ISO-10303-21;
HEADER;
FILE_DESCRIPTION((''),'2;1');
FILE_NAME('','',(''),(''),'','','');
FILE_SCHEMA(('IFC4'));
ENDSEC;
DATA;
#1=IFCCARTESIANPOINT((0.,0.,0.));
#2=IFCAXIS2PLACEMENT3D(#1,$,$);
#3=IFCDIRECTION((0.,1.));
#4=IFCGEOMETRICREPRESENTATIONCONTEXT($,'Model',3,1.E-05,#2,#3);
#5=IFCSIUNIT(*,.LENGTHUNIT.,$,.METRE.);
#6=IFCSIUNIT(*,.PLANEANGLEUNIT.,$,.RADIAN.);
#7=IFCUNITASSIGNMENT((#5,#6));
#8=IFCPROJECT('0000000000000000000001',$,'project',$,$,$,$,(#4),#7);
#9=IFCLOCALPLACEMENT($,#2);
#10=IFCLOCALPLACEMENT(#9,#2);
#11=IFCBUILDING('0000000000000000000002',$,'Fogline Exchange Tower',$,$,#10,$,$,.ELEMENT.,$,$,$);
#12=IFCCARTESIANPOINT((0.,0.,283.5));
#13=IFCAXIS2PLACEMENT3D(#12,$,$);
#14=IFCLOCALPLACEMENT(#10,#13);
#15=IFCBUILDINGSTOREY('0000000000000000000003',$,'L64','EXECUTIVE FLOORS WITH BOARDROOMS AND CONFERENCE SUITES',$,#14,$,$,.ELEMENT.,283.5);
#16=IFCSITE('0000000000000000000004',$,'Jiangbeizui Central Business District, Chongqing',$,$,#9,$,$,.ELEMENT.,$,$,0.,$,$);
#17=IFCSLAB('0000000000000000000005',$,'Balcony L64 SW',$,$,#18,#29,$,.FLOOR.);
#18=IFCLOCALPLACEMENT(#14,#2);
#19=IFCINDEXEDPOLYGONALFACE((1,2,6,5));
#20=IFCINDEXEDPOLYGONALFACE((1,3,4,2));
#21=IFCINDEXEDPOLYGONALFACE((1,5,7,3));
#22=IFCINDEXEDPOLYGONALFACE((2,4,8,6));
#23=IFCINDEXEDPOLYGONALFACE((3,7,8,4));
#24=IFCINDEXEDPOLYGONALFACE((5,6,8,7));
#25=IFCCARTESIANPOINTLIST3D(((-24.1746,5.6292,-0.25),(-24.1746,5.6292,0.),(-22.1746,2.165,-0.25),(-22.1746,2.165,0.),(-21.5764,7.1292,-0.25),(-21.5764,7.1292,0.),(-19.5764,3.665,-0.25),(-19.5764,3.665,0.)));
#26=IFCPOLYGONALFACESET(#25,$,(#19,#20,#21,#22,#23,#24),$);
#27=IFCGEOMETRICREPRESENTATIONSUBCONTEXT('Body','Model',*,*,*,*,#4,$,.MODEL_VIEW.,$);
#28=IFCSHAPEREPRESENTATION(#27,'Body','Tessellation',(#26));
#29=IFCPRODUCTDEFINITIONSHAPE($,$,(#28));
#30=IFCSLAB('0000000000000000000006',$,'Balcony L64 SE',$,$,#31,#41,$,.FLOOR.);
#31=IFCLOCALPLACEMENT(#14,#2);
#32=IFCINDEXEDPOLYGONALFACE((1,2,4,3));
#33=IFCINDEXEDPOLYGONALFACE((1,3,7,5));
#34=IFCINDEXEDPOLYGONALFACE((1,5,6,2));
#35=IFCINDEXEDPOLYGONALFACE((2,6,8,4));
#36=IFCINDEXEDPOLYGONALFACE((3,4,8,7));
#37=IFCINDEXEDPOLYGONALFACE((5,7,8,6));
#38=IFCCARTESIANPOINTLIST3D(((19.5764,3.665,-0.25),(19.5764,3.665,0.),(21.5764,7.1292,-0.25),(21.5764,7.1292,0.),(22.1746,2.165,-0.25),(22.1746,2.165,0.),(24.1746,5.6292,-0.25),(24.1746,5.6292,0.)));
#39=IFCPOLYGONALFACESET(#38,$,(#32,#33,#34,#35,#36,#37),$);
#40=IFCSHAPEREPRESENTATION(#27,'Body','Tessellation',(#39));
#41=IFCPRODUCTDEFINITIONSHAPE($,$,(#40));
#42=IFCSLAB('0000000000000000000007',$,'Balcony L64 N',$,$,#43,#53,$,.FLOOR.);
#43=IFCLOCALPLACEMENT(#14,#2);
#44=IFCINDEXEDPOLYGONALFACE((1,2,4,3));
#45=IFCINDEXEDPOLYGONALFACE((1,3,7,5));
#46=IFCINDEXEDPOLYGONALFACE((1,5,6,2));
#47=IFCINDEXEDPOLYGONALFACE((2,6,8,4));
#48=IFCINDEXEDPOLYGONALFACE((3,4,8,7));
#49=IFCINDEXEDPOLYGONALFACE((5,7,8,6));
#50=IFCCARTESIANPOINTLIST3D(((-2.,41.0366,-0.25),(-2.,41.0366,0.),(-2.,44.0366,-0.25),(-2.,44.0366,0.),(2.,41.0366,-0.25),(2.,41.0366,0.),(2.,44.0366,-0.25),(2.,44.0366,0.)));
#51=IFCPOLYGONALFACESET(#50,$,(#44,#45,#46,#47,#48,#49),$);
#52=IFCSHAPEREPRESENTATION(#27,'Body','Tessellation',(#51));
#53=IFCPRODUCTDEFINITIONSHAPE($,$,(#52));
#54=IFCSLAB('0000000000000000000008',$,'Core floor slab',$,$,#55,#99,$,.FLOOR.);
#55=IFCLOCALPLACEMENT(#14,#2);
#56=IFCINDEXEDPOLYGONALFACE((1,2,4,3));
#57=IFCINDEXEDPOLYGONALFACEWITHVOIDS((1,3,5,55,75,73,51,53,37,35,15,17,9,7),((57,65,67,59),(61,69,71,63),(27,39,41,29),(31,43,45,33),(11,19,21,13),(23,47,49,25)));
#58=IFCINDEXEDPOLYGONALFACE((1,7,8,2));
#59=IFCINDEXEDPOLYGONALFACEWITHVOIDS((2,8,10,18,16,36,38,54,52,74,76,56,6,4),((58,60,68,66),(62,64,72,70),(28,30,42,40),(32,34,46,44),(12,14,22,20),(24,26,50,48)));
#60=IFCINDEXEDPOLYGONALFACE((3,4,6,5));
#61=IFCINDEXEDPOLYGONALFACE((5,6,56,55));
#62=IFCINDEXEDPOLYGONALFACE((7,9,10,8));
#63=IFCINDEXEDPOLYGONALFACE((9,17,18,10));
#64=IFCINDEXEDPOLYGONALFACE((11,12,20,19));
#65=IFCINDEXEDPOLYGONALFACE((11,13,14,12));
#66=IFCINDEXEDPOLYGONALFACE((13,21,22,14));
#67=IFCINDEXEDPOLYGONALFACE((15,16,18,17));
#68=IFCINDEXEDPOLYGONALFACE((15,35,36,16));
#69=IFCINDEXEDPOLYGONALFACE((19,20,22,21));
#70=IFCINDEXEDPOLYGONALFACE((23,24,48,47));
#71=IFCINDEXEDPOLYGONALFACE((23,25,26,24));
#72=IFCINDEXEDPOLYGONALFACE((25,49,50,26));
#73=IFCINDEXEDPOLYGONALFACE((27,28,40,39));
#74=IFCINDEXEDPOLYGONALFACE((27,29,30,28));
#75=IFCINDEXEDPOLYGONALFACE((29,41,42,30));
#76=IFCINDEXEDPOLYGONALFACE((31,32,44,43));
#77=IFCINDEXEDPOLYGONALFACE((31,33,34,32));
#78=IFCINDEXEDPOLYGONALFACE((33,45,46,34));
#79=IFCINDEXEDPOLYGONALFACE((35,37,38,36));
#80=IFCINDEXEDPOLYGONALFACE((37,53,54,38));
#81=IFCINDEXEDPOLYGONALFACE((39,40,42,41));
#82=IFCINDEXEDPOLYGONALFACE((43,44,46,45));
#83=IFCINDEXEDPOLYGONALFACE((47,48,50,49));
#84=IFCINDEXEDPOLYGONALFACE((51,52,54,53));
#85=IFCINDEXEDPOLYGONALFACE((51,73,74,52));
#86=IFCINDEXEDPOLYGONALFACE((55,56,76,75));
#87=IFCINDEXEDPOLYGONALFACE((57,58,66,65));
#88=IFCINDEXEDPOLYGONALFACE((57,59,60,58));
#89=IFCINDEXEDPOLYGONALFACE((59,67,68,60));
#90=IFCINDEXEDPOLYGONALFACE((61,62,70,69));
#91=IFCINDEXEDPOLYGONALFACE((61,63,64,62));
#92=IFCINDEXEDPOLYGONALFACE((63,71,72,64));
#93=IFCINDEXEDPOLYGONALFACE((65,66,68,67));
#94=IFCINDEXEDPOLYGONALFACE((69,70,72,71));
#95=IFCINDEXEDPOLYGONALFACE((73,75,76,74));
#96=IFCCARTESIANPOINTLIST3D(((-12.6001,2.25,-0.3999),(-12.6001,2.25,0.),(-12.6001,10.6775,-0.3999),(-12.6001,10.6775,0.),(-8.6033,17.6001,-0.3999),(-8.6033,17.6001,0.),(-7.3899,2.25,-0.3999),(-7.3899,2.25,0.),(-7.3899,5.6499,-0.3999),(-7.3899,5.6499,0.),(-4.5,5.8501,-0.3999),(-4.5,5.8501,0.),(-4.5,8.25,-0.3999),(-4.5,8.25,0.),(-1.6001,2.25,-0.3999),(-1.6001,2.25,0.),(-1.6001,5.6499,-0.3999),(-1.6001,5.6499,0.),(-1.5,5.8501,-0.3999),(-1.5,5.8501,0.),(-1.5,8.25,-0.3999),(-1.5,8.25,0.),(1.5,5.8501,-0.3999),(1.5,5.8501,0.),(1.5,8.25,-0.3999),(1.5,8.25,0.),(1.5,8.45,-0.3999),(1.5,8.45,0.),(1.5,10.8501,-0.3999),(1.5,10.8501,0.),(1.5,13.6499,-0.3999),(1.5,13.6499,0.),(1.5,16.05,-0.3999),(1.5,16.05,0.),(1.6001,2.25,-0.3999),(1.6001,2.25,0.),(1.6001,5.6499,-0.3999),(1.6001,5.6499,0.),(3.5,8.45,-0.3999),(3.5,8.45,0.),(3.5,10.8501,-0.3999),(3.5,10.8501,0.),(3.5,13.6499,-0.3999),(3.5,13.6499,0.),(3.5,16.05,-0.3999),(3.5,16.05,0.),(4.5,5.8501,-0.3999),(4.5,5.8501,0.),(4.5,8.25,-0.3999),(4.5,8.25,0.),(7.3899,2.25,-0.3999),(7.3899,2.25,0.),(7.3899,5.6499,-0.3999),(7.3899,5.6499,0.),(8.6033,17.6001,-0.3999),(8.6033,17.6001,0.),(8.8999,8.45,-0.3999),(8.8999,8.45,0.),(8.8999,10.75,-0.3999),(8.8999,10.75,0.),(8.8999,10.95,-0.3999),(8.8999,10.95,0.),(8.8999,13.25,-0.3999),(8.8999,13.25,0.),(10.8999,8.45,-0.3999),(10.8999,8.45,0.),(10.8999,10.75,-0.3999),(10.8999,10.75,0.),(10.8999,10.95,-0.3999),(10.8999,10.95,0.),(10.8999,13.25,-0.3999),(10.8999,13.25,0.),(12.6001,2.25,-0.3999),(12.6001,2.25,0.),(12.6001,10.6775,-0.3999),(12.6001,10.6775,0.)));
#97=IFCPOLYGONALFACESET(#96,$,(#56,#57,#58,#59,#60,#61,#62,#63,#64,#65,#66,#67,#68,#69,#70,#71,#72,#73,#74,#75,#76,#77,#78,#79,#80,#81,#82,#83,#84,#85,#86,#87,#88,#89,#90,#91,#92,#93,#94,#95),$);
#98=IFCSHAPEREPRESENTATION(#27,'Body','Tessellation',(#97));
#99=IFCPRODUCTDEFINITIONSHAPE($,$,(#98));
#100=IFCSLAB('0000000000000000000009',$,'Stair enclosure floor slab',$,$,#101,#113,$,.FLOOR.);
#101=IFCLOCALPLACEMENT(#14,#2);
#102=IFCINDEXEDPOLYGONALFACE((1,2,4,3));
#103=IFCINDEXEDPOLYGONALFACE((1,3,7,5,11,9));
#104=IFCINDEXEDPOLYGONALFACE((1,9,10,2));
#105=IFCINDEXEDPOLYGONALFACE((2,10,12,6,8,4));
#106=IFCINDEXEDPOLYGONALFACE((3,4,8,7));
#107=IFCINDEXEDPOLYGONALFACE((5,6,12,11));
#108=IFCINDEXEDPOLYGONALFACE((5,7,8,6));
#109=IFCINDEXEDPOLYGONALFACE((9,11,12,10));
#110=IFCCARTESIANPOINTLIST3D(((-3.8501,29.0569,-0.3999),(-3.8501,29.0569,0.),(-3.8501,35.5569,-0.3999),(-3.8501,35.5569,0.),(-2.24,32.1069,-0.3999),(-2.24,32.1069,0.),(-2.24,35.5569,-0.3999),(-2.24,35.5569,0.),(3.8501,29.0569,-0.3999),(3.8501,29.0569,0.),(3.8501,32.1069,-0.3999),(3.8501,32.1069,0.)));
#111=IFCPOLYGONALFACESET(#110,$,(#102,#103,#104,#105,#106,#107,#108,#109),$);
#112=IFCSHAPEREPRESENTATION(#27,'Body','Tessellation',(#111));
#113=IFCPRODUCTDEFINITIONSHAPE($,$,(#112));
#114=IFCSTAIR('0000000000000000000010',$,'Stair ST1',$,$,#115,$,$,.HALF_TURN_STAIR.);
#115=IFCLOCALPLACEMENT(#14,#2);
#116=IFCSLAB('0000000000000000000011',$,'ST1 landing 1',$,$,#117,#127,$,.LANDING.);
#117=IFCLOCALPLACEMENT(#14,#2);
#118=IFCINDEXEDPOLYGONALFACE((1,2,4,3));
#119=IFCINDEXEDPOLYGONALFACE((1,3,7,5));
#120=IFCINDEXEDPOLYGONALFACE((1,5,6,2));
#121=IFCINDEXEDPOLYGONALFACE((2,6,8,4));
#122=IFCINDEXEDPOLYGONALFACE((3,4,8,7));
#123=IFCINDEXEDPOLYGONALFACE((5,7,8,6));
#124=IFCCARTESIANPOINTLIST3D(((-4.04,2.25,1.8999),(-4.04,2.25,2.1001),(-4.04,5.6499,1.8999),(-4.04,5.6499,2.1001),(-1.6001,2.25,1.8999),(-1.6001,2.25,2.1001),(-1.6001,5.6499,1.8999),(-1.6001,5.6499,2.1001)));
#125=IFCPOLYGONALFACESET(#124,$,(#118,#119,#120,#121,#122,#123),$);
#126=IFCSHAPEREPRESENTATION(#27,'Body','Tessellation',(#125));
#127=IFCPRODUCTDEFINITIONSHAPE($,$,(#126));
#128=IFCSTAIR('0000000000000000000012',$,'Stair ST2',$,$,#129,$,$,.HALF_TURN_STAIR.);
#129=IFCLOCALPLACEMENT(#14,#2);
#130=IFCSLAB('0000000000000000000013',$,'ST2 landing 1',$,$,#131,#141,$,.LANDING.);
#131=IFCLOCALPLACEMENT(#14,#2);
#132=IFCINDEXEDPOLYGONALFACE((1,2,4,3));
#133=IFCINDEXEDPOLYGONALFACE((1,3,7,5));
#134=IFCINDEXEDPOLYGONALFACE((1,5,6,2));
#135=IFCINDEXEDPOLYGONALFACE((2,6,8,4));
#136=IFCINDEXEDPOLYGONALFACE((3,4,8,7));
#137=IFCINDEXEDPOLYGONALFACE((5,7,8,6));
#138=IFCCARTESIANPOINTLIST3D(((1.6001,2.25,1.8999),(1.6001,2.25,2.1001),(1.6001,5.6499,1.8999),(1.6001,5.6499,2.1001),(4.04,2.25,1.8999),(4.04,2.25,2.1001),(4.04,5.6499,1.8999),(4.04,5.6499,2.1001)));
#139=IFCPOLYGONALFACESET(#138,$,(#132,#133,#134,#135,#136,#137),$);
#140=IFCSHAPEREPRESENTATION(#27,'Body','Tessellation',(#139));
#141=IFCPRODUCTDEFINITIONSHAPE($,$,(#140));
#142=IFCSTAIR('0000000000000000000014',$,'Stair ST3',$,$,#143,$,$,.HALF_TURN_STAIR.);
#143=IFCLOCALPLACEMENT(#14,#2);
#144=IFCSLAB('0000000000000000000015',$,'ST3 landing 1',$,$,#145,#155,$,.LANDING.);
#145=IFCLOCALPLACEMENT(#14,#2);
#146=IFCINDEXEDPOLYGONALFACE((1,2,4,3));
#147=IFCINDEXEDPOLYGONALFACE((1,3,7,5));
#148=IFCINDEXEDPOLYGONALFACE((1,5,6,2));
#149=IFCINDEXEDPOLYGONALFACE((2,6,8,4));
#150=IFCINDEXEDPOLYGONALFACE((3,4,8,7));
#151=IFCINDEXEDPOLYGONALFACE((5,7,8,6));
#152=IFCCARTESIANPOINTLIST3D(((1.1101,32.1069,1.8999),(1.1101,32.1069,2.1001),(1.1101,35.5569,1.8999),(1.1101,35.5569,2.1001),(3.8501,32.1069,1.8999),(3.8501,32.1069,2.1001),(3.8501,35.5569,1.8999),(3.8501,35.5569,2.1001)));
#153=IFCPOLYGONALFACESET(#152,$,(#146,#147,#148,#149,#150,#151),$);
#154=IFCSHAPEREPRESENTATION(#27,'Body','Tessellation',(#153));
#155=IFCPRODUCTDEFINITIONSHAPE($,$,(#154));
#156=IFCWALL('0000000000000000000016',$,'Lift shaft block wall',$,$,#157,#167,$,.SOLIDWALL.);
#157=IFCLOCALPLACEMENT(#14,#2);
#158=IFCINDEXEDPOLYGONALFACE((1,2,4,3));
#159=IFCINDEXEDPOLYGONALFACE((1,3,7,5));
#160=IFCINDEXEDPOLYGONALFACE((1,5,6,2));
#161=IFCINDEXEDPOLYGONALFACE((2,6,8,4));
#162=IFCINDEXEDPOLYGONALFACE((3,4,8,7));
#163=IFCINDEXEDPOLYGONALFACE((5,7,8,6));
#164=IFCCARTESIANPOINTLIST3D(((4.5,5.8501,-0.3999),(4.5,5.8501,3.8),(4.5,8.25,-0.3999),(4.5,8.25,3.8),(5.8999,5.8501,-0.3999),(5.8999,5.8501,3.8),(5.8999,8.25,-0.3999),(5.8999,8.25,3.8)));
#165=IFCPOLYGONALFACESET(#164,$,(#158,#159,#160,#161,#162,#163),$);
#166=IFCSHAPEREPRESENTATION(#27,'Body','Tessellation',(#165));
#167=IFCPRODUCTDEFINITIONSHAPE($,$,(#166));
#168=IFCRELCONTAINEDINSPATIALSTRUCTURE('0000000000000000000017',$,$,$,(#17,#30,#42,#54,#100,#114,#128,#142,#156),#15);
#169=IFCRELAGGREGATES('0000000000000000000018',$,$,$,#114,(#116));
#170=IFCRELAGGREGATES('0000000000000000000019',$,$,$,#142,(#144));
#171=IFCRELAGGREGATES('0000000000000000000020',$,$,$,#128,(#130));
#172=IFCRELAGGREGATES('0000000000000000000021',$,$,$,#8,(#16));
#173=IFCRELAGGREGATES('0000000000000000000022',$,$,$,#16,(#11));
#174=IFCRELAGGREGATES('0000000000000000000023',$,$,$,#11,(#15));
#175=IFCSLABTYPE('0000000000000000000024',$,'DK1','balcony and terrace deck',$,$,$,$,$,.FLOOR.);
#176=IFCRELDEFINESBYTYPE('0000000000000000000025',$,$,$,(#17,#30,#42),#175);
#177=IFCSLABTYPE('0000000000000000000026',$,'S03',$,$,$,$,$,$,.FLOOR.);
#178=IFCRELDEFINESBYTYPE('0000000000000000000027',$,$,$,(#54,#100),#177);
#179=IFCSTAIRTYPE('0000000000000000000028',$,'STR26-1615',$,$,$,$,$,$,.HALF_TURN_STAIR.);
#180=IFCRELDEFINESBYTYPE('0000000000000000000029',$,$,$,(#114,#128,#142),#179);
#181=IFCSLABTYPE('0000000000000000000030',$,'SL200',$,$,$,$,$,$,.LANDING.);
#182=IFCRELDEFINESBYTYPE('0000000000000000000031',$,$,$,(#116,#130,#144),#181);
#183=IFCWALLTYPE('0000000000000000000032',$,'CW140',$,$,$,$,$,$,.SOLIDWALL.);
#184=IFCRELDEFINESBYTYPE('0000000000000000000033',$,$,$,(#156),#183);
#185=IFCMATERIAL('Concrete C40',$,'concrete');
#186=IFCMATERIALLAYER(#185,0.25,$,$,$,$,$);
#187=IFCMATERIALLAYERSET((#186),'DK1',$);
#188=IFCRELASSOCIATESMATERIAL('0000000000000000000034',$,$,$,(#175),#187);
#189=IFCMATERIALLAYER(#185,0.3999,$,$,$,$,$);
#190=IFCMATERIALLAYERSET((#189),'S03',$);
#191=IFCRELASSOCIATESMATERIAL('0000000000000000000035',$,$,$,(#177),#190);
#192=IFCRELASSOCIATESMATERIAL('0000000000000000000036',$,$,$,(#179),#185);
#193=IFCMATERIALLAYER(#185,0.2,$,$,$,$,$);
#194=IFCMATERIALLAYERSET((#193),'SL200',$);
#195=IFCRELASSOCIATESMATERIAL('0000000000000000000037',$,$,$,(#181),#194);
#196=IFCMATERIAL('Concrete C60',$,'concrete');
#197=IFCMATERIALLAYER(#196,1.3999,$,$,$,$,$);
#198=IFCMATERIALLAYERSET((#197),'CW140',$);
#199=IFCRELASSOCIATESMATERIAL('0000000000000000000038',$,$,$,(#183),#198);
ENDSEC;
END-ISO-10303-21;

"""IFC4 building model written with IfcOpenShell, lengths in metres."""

from ifc_helpers import new_model, si_unit, direction, frame, frame_2d, origin, place, context, subcontext, project, spatial, polyline, rectangle, outline, extrude, material, layer, layer_set, type_object, element, aggregate, save


model = new_model("IFC4")

# Units and contexts
model_context = context("Model", 3, precision=1e-05, world=origin(), true_north=direction((0.0, 1.0)))
body_context = subcontext(model_context, "Body", "Model", "MODEL_VIEW")
ifc_project = project(units=[si_unit("LENGTHUNIT", "METRE"), si_unit("PLANEANGLEUNIT", "RADIAN")], contexts=[model_context])

# Site, building, storey
site_placement = place(None, origin())
site = spatial("IfcSite", under=ifc_project, at=site_placement, Name="Jiangbeizui Central Business District, Chongqing", CompositionType="ELEMENT", RefElevation=0.0)
building_placement = place(site_placement, origin())
building = spatial("IfcBuilding", under=site, at=building_placement, Name="Fogline Exchange Tower", CompositionType="ELEMENT")
storey_placement = place(building_placement, frame((0.0, 0.0, 283.5)))
storey = spatial("IfcBuildingStorey", under=building, at=storey_placement, Name="L64", Description="EXECUTIVE FLOORS WITH BOARDROOMS AND CONFERENCE SUITES", CompositionType="ELEMENT", Elevation=283.5)

# Slabs
ifc_material_1 = material(Name="Concrete C40", Category="concrete")
ifc_layer_1 = layer(ifc_material_1, 0.25)
ifc_layer_set_1 = layer_set([ifc_layer_1], Name="DK1")
slab_type_1 = type_object("IfcSlabType", Name="DK1", Description="balcony and terrace deck", PredefinedType="FLOOR", material=ifc_layer_set_1)
slab_1_placement = place(storey_placement, frame((0.0, 0.0, -0.25)))
element("IfcSlab", 1, at=slab_1_placement, inside=storey, type_object=slab_type_1, Name="Balcony L64 SW", PredefinedType="FLOOR", context=body_context, shape_type="SweptSolid", body=[
    extrude(outline(polyline([(-24.1746, 5.6292), (-22.1746, 2.165), (-19.5764, 3.665), (-21.5764, 7.1292), (-24.1746, 5.6292)])), origin(), (0.0, 0.0, 1.0), 0.25),
])
slab_2_placement = place(storey_placement, frame((0.0, 0.0, -0.25)))
element("IfcSlab", 2, at=slab_2_placement, inside=storey, type_object=slab_type_1, Name="Balcony L64 SE", PredefinedType="FLOOR", context=body_context, shape_type="SweptSolid", body=[
    extrude(outline(polyline([(22.1746, 2.165), (24.1746, 5.6292), (21.5764, 7.1292), (19.5764, 3.665), (22.1746, 2.165)])), origin(), (0.0, 0.0, 1.0), 0.25),
])
slab_3_placement = place(storey_placement, frame((0.0, 0.0, -0.25)))
element("IfcSlab", 3, at=slab_3_placement, inside=storey, type_object=slab_type_1, Name="Balcony L64 N", PredefinedType="FLOOR", context=body_context, shape_type="SweptSolid", body=[
    extrude(outline(polyline([(2.0, 44.0366), (-2.0, 44.0366), (-2.0, 41.0366), (2.0, 41.0366), (2.0, 44.0366)])), origin(), (0.0, 0.0, 1.0), 0.25),
])
ifc_layer_2 = layer(ifc_material_1, 0.3999)
ifc_layer_set_2 = layer_set([ifc_layer_2], Name="S03")
slab_type_2 = type_object("IfcSlabType", Name="S03", PredefinedType="FLOOR", material=ifc_layer_set_2)
slab_4_placement = place(storey_placement, frame((0.0, 0.0, -0.3999)))
element("IfcSlab", 4, at=slab_4_placement, inside=storey, type_object=slab_type_2, Name="Core floor slab", PredefinedType="FLOOR", context=body_context, shape_type="SweptSolid", body=[
    extrude(outline(polyline([(-12.6001, 2.25), (-12.6001, 10.6775), (-8.6033, 17.6001), (8.6033, 17.6001), (12.6001, 10.6775), (12.6001, 2.25), (7.3899, 2.25), (7.3899, 5.6499), (1.6001, 5.6499), (1.6001, 2.25), (-1.6001, 2.25), (-1.6001, 5.6499), (-7.3899, 5.6499), (-7.3899, 2.25), (-12.6001, 2.25)]), holes=[polyline([(-4.5, 8.25), (-4.5, 5.8501), (-1.5, 5.8501), (-1.5, 8.25), (-4.5, 8.25)]), polyline([(1.5, 8.25), (1.5, 5.8501), (4.5, 5.8501), (4.5, 8.25), (1.5, 8.25)]), polyline([(8.8999, 10.75), (8.8999, 8.45), (10.8999, 8.45), (10.8999, 10.75), (8.8999, 10.75)]), polyline([(1.5, 10.8501), (1.5, 8.45), (3.5, 8.45), (3.5, 10.8501), (1.5, 10.8501)]), polyline([(8.8999, 13.25), (8.8999, 10.95), (10.8999, 10.95), (10.8999, 13.25), (8.8999, 13.25)]), polyline([(1.5, 16.05), (1.5, 13.6499), (3.5, 13.6499), (3.5, 16.05), (1.5, 16.05)])]), origin(), (0.0, 0.0, 1.0), 0.3999),
])
slab_5_placement = place(storey_placement, frame((0.0, 0.0, -0.3999)))
element("IfcSlab", 5, at=slab_5_placement, inside=storey, type_object=slab_type_2, Name="Stair enclosure floor slab", PredefinedType="FLOOR", context=body_context, shape_type="SweptSolid", body=[
    extrude(outline(polyline([(3.8501, 29.0569), (-3.8501, 29.0569), (-3.8501, 35.5569), (-2.24, 35.5569), (-2.24, 32.1069), (3.8501, 32.1069), (3.8501, 29.0569)])), origin(), (0.0, 0.0, 1.0), 0.3999),
])

# Stairs, slabs
stair_type = type_object("IfcStairType", Name="STR26-1615", PredefinedType="HALF_TURN_STAIR", material=ifc_material_1)
stair_1_placement = place(storey_placement, origin())
stair_1 = element("IfcStair", 6, at=stair_1_placement, inside=storey, type_object=stair_type, Name="Stair ST1", PredefinedType="HALF_TURN_STAIR")
ifc_layer_3 = layer(ifc_material_1, 0.2)
ifc_layer_set_3 = layer_set([ifc_layer_3], Name="SL200")
slab_type_3 = type_object("IfcSlabType", Name="SL200", PredefinedType="LANDING", material=ifc_layer_set_3)
slab_6_placement = place(storey_placement, frame((0.0, 0.0, 1.8999)))
slab_6 = element("IfcSlab", 7, at=slab_6_placement, type_object=slab_type_3, Name="ST1 landing 1", PredefinedType="LANDING", context=body_context, shape_type="SweptSolid", body=[
    extrude(outline(polyline([(-4.04, 2.25), (-1.6001, 2.25), (-1.6001, 5.6499), (-4.04, 5.6499), (-4.04, 2.25)])), origin(), (0.0, 0.0, 1.0), 0.2002),
])
aggregate(stair_1, [slab_6])
stair_2_placement = place(storey_placement, origin())
stair_2 = element("IfcStair", 8, at=stair_2_placement, inside=storey, type_object=stair_type, Name="Stair ST2", PredefinedType="HALF_TURN_STAIR")
slab_7_placement = place(storey_placement, frame((0.0, 0.0, 1.8999)))
slab_7 = element("IfcSlab", 9, at=slab_7_placement, type_object=slab_type_3, Name="ST2 landing 1", PredefinedType="LANDING", context=body_context, shape_type="SweptSolid", body=[
    extrude(outline(polyline([(1.6001, 2.25), (4.04, 2.25), (4.04, 5.6499), (1.6001, 5.6499), (1.6001, 2.25)])), origin(), (0.0, 0.0, 1.0), 0.2002),
])
stair_3_placement = place(storey_placement, origin())
stair_3 = element("IfcStair", 10, at=stair_3_placement, inside=storey, type_object=stair_type, Name="Stair ST3", PredefinedType="HALF_TURN_STAIR")
slab_8_placement = place(storey_placement, frame((0.0, 0.0, 1.8999)))
slab_8 = element("IfcSlab", 11, at=slab_8_placement, type_object=slab_type_3, Name="ST3 landing 1", PredefinedType="LANDING", context=body_context, shape_type="SweptSolid", body=[
    extrude(outline(polyline([(1.1101, 32.1069), (3.8501, 32.1069), (3.8501, 35.5569), (1.1101, 35.5569), (1.1101, 32.1069)])), origin(), (0.0, 0.0, 1.0), 0.2002),
])
aggregate(stair_3, [slab_8])

# Wall
ifc_material_2 = material(Name="Concrete C60", Category="concrete")
ifc_layer_4 = layer(ifc_material_2, 1.3999)
ifc_layer_set_4 = layer_set([ifc_layer_4], Name="CW140")
wall_type_1 = type_object("IfcWallType", Name="CW140", PredefinedType="SOLIDWALL", material=ifc_layer_set_4)
wall_1_placement = place(storey_placement, frame((5.2, 5.8501, -0.3999), z_axis=(0.0, 0.0, 1.0), x_axis=(0.0, 1.0, 0.0)))
element("IfcWall", 12, at=wall_1_placement, inside=storey, type_object=wall_type_1, Name="Lift shaft block wall", PredefinedType="SOLIDWALL", context=body_context, shape_type="SweptSolid", body=[
    extrude(rectangle(XDim=2.3999, YDim=1.3999, at=frame_2d((1.2, 0.0))), origin(), (0.0, 0.0, 1.0), 4.2),
])

aggregate(stair_2, [slab_7])

save(model, "model.ifc")
